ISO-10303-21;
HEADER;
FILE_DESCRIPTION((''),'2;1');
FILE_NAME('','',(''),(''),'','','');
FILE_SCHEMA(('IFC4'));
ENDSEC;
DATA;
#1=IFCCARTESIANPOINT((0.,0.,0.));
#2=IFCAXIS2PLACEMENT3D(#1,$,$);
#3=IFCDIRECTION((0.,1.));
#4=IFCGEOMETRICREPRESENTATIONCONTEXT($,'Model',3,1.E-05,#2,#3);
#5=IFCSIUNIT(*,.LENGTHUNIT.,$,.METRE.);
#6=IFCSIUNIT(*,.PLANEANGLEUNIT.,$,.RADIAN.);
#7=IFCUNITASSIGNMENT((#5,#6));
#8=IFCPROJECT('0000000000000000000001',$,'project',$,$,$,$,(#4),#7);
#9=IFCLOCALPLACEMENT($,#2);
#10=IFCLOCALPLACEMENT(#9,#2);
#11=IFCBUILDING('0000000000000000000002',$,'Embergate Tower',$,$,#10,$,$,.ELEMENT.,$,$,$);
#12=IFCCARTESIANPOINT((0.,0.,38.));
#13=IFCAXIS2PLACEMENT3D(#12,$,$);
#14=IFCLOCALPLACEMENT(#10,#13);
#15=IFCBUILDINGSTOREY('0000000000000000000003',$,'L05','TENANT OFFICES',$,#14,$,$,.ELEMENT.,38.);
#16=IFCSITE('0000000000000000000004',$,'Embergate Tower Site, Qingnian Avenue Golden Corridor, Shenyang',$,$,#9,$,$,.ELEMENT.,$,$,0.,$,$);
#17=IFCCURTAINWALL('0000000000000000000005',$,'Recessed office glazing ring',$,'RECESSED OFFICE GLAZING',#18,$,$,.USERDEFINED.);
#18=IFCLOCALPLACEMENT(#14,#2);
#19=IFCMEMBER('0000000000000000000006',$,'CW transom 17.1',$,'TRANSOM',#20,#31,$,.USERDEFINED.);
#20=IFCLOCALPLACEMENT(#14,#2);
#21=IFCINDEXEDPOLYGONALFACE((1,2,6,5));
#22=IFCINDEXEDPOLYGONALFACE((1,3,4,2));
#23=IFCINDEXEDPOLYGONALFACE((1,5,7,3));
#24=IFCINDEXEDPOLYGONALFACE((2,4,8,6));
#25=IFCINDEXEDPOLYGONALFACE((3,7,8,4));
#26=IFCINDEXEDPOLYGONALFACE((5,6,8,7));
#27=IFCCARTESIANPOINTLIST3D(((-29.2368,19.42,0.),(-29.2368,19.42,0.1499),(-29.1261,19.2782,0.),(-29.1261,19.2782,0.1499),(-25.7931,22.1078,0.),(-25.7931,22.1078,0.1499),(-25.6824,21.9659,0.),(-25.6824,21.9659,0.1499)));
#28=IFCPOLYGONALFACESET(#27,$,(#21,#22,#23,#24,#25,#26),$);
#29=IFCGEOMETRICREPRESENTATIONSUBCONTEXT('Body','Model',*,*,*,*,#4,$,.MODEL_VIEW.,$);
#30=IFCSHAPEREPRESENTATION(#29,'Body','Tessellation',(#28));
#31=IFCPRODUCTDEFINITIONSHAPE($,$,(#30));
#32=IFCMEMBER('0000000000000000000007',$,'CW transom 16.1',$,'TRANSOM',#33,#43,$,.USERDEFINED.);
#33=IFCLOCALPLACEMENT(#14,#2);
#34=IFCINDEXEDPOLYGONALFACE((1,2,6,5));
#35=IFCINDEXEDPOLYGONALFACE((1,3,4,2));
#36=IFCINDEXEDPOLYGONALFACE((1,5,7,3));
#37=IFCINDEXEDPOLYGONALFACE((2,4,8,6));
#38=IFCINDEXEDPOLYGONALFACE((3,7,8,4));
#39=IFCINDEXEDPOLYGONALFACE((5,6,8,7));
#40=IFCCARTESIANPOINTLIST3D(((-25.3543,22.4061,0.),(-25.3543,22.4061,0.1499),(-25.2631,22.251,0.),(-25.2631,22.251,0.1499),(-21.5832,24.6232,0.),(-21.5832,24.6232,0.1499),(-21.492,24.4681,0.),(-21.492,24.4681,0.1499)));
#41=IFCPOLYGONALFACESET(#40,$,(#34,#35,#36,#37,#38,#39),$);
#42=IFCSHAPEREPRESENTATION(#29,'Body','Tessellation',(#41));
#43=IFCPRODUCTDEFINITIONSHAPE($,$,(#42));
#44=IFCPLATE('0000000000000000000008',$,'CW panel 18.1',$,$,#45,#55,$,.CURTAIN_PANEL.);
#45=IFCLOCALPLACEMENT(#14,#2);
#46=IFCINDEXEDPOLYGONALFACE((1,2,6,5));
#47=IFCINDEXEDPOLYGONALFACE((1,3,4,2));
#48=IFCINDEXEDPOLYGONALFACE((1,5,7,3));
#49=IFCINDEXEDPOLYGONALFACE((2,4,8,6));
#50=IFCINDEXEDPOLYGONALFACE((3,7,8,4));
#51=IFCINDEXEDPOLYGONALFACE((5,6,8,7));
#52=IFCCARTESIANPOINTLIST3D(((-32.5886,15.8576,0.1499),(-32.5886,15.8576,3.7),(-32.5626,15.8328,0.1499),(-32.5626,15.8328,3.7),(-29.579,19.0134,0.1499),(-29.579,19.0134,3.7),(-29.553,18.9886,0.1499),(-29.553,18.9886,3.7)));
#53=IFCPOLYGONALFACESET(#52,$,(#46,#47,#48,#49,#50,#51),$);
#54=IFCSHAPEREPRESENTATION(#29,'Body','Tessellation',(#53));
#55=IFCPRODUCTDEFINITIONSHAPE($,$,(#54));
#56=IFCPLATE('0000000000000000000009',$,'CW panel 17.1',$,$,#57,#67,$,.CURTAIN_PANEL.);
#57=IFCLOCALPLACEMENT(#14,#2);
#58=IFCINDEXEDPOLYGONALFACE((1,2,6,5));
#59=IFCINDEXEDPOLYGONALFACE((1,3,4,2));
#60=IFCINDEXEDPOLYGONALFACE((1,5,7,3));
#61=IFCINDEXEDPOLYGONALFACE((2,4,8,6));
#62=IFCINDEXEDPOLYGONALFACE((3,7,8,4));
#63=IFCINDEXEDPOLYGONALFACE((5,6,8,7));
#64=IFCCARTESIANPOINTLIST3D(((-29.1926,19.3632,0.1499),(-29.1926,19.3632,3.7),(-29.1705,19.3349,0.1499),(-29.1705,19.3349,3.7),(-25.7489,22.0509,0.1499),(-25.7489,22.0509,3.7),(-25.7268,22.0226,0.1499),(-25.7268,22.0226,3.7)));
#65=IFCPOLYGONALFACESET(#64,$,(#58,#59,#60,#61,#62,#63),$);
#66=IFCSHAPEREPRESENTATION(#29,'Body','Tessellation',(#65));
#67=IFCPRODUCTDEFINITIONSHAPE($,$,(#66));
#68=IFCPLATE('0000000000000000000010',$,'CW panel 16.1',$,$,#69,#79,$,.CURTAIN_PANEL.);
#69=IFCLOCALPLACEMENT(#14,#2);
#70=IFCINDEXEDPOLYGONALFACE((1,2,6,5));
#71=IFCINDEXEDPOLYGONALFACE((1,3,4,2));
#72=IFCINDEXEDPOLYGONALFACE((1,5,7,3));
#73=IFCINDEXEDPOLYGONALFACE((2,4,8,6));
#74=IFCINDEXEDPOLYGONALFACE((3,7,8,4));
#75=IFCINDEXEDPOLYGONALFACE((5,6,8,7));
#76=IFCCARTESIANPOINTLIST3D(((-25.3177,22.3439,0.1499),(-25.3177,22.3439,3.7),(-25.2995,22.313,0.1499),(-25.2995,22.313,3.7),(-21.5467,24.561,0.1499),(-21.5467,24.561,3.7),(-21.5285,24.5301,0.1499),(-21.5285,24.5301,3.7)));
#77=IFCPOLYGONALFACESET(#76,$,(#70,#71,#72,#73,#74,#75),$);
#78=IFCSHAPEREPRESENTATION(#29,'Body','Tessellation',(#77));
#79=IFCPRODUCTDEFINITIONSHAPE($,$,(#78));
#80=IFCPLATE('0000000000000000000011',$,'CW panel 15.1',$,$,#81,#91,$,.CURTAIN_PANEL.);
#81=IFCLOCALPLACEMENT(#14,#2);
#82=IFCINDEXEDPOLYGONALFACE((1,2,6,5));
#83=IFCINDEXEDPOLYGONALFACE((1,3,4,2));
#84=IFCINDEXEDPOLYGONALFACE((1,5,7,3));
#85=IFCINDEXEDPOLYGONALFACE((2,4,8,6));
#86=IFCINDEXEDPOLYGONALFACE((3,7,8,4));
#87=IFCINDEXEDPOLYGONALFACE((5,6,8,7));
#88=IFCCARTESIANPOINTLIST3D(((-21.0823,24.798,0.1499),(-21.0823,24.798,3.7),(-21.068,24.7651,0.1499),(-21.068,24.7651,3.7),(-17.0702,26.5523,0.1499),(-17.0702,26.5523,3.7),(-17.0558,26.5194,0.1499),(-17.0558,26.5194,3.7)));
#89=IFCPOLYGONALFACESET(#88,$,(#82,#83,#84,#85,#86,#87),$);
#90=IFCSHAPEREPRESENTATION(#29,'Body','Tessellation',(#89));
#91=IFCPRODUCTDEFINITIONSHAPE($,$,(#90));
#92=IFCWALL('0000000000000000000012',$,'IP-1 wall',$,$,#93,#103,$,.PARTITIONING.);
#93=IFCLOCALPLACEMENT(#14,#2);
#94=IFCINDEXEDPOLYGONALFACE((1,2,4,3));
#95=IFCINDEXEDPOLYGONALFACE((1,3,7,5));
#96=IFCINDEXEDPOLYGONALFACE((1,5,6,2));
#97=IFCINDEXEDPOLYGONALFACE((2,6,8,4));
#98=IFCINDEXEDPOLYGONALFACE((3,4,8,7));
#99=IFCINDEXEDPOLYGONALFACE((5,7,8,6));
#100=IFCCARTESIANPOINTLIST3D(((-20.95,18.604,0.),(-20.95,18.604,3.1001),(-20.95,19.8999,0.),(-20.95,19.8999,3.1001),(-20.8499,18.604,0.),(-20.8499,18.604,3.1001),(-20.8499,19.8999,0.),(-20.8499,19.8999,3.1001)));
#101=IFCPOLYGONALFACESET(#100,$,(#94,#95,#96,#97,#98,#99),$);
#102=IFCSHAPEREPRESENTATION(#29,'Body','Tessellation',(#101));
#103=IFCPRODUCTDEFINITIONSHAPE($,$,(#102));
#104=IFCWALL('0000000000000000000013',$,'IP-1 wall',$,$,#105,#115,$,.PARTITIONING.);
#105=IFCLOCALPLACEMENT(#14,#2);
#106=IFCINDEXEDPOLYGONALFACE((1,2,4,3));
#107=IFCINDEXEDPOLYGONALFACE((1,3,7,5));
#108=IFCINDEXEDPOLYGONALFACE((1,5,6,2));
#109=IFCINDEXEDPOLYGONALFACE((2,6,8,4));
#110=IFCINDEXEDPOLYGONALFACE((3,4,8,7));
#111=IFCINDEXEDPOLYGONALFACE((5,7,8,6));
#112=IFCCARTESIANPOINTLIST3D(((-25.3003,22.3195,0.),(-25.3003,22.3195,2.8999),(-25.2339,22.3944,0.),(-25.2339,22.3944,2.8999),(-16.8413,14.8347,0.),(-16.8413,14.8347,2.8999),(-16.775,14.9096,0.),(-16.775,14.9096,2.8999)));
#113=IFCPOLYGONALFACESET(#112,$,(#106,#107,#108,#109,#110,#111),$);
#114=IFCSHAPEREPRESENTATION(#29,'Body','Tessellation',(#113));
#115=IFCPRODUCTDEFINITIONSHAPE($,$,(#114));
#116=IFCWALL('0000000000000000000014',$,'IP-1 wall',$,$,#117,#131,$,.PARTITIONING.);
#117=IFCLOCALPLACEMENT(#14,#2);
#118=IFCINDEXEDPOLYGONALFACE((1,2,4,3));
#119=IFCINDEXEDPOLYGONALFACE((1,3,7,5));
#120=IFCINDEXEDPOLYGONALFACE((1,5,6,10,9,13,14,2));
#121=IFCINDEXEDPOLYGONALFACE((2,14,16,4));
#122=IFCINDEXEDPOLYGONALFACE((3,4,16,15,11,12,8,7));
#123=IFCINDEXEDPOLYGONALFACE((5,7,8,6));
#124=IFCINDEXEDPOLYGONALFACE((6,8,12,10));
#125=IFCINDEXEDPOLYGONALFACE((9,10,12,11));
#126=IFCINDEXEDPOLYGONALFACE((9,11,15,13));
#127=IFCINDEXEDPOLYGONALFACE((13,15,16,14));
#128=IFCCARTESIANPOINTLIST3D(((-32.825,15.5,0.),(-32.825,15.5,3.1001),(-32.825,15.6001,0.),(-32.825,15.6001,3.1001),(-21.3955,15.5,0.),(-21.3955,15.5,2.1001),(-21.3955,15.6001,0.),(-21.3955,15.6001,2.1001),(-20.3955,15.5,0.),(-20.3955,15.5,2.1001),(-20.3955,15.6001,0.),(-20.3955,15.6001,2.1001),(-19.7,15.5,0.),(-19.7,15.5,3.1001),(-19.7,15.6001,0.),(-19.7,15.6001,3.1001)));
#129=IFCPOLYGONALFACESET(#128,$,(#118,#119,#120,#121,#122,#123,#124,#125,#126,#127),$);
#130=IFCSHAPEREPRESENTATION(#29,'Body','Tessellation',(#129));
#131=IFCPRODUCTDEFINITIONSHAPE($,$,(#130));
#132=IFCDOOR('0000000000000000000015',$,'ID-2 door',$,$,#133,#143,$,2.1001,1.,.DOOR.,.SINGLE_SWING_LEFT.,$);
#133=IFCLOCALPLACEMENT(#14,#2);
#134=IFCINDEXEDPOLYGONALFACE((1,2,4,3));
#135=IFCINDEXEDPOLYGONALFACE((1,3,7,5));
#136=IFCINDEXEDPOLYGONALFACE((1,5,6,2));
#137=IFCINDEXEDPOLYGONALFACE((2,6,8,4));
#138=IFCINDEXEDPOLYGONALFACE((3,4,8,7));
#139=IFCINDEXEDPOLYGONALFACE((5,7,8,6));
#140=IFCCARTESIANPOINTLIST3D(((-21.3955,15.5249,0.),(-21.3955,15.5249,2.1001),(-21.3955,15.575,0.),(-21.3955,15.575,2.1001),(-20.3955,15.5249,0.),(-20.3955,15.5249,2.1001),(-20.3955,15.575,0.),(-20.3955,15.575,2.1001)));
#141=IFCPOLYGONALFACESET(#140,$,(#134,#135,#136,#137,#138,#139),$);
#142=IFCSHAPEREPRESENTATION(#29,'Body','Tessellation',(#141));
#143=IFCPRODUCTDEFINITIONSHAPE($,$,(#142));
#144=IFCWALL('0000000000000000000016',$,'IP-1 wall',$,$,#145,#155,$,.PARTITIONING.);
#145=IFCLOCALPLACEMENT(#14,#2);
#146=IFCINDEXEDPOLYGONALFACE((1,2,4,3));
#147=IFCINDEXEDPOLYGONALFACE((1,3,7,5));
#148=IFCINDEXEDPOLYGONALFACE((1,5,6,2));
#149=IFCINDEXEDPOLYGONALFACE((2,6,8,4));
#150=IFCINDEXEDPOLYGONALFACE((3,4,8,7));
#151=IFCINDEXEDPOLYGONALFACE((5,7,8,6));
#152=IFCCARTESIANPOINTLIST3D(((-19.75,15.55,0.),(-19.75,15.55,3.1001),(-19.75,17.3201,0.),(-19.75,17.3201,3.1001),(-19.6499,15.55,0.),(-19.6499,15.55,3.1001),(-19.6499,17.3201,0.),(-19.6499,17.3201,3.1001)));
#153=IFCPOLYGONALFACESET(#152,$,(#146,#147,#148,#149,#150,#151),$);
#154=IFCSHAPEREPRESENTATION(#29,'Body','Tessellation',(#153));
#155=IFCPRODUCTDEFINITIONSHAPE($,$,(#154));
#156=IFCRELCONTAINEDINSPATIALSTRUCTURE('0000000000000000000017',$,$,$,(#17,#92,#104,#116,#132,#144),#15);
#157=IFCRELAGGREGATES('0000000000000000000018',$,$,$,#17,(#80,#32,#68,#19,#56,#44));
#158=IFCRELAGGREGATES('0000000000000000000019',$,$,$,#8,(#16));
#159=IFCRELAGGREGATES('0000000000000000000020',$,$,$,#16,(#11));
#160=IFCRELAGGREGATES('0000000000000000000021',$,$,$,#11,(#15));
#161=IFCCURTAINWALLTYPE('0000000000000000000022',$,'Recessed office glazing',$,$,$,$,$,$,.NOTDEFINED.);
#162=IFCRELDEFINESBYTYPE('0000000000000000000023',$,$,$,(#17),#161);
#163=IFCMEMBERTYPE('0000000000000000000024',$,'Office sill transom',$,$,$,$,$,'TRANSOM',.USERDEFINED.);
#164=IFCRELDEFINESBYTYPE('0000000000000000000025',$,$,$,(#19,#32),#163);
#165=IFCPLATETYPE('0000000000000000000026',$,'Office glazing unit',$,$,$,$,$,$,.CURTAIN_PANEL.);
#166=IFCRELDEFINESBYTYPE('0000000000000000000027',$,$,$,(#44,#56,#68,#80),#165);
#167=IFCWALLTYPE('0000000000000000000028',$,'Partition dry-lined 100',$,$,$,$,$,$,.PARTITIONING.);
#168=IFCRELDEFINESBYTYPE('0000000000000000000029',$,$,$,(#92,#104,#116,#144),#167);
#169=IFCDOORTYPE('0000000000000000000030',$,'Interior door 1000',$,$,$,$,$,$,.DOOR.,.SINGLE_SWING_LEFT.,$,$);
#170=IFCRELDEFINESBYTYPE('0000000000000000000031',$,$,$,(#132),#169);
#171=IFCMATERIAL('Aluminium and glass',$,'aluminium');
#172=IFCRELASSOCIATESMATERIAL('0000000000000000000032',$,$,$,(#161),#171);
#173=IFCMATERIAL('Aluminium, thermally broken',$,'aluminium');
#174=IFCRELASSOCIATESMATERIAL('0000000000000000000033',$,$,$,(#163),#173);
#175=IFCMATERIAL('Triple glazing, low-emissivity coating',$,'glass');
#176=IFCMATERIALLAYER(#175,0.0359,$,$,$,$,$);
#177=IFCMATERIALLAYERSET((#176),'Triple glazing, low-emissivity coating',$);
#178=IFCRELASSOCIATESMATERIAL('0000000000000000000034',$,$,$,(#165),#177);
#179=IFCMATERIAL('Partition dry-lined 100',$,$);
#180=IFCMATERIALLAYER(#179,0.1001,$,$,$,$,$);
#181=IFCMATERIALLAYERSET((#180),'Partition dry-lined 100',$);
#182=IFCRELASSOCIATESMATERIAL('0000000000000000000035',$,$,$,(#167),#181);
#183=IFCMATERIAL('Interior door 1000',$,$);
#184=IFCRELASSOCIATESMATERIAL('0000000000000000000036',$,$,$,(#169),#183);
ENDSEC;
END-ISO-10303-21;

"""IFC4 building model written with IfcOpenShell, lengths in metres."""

from ifc_helpers import new_model, si_unit, direction, frame, frame_2d, origin, origin_2d, place, context, subcontext, project, spatial, rectangle, extrude, source, transform, mapped, material, layer, layer_set, material_profile, profile_set, type_object, element, fill, aggregate, save


model = new_model("IFC4")

# Units and contexts
model_context = context("Model", 3, precision=1e-05, world=origin(), true_north=direction((0.0, 1.0)))
body_context = subcontext(model_context, "Body", "Model", "MODEL_VIEW")
ifc_project = project(units=[si_unit("LENGTHUNIT", "METRE"), si_unit("PLANEANGLEUNIT", "RADIAN")], contexts=[model_context])

# Site, building, storey
site_placement = place(None, origin())
site = spatial("IfcSite", under=ifc_project, at=site_placement, Name="Embergate Tower Site, Qingnian Avenue Golden Corridor, Shenyang", CompositionType="ELEMENT", RefElevation=0.0)
building_placement = place(site_placement, origin())
building = spatial("IfcBuilding", under=site, at=building_placement, Name="Embergate Tower", CompositionType="ELEMENT")
storey_placement = place(building_placement, frame((0.0, 0.0, 38.0)))
storey = spatial("IfcBuildingStorey", under=building, at=storey_placement, Name="L05", Description="TENANT OFFICES", CompositionType="ELEMENT", Elevation=38.0)

# Curtain wall, members, plates
ifc_material_1 = material(Name="Aluminium and glass", Category="aluminium")
curtain_wall_type = type_object("IfcCurtainWallType", Name="Recessed office glazing", PredefinedType="NOTDEFINED", material=ifc_material_1)
curtain_wall_placement = place(storey_placement, origin())
curtain_wall = element("IfcCurtainWall", 1, at=curtain_wall_placement, inside=storey, type_object=curtain_wall_type, Name="Recessed office glazing ring", ObjectType="RECESSED OFFICE GLAZING", PredefinedType="USERDEFINED")
ifc_material_2 = material(Name="Aluminium, thermally broken", Category="aluminium")
ifc_material_profile_1 = material_profile(ifc_material_2, rectangle(XDim=0.1799, YDim=0.1499, at=origin_2d()), Name="AL 150x180")
ifc_profile_set_1 = profile_set([ifc_material_profile_1], Name="Aluminium, thermally broken")
member_type_1 = type_object("IfcMemberType", Name="Office sill transom", ElementType="TRANSOM", PredefinedType="USERDEFINED", material=ifc_profile_set_1)
shared_shape_1 = source(origin(), body_context, "Body", "SweptSolid", [
    extrude(rectangle(XDim=0.1799, YDim=0.1499, at=origin_2d()), origin(), (0.0, 0.0, 1.0), 4.3684),
])
member_1_placement = place(storey_placement, frame((-25.7378, 22.0369, 0.075), z_axis=(-0.78831, -0.615278, 0.0), x_axis=(0.615278, -0.78831, 0.0)))
member_1 = element("IfcMember", 2, at=member_1_placement, type_object=member_type_1, Name="CW transom 17.1", ObjectType="TRANSOM", PredefinedType="USERDEFINED", context=body_context, shape_type="MappedRepresentation", body=[
    mapped(shared_shape_1, transform((0.0, 0.0, 0.0))),
])
shared_shape_2 = source(origin(), body_context, "Body", "SweptSolid", [
    extrude(rectangle(XDim=0.1799, YDim=0.1499, at=origin_2d()), origin(), (0.0, 0.0, 1.0), 4.3745),
])
member_2_placement = place(storey_placement, frame((-21.5376, 24.5457, 0.075), z_axis=(-0.862053, -0.506818, 0.0), x_axis=(0.506818, -0.862053, 0.0)))
member_2 = element("IfcMember", 3, at=member_2_placement, type_object=member_type_1, Name="CW transom 16.1", ObjectType="TRANSOM", PredefinedType="USERDEFINED", context=body_context, shape_type="MappedRepresentation", body=[
    mapped(shared_shape_2, transform((0.0, 0.0, 0.0))),
])
ifc_material_3 = material(Name="Triple glazing, low-emissivity coating", Category="glass")
ifc_layer_1 = layer(ifc_material_3, 0.0359)
ifc_layer_set_1 = layer_set([ifc_layer_1], Name="Triple glazing, low-emissivity coating")
plate_type = type_object("IfcPlateType", Name="Office glazing unit", PredefinedType="CURTAIN_PANEL", material=ifc_layer_set_1)
shared_shape_3 = source(origin(), body_context, "Body", "SweptSolid", [
    extrude(rectangle(XDim=4.3608, YDim=0.0359, at=origin_2d()), origin(), (0.0, 0.0, 1.0), 3.55),
])
plate_1_placement = place(storey_placement, frame((-31.0708, 17.4231, 0.1499), z_axis=(0.0, 0.0, 1.0), x_axis=(-0.690136, -0.723679, 0.0)))
plate_1 = element("IfcPlate", 4, at=plate_1_placement, type_object=plate_type, Name="CW panel 18.1", PredefinedType="CURTAIN_PANEL", context=body_context, shape_type="MappedRepresentation", body=[
    mapped(shared_shape_3, transform((0.0, 0.0, 0.0))),
])
shared_shape_4 = source(origin(), body_context, "Body", "SweptSolid", [
    extrude(rectangle(XDim=4.3684, YDim=0.0359, at=origin_2d()), origin(), (0.0, 0.0, 1.0), 3.55),
])
plate_2_placement = place(storey_placement, frame((-27.4597, 20.6929, 0.1499), z_axis=(0.0, 0.0, 1.0), x_axis=(-0.788322, -0.615263, 0.0)))
plate_2 = element("IfcPlate", 5, at=plate_2_placement, type_object=plate_type, Name="CW panel 17.1", PredefinedType="CURTAIN_PANEL", context=body_context, shape_type="MappedRepresentation", body=[
    mapped(shared_shape_4, transform((0.0, 0.0, 0.0))),
])
shared_shape_5 = source(origin(), body_context, "Body", "SweptSolid", [
    extrude(rectangle(XDim=4.3745, YDim=0.0359, at=origin_2d()), origin(), (0.0, 0.0, 1.0), 3.55),
])
plate_3_placement = place(storey_placement, frame((-23.4231, 23.437, 0.1499), z_axis=(0.0, 0.0, 1.0), x_axis=(-0.862054, -0.506816, 0.0)))
plate_3 = element("IfcPlate", 6, at=plate_3_placement, type_object=plate_type, Name="CW panel 16.1", PredefinedType="CURTAIN_PANEL", context=body_context, shape_type="MappedRepresentation", body=[
    mapped(shared_shape_5, transform((0.0, 0.0, 0.0))),
])
shared_shape_6 = source(origin(), body_context, "Body", "SweptSolid", [
    extrude(rectangle(XDim=4.3789, YDim=0.0359, at=origin_2d()), origin(), (0.0, 0.0, 1.0), 3.55),
])
plate_4_placement = place(storey_placement, frame((-19.0691, 25.6587, 0.1499), z_axis=(0.0, 0.0, 1.0), x_axis=(-0.916237, -0.400637, 0.0)))
plate_4 = element("IfcPlate", 7, at=plate_4_placement, type_object=plate_type, Name="CW panel 15.1", PredefinedType="CURTAIN_PANEL", context=body_context, shape_type="MappedRepresentation", body=[
    mapped(shared_shape_6, transform((0.0, 0.0, 0.0))),
])
aggregate(curtain_wall, [plate_4, member_2, plate_3, member_1, plate_2, plate_1])

# Walls
ifc_material_4 = material(Name="Partition dry-lined 100")
ifc_layer_2 = layer(ifc_material_4, 0.1001)
ifc_layer_set_2 = layer_set([ifc_layer_2], Name="Partition dry-lined 100")
wall_type = type_object("IfcWallType", Name="Partition dry-lined 100", PredefinedType="PARTITIONING", material=ifc_layer_set_2)
shared_shape_7 = source(origin(), body_context, "Body", "SweptSolid", [
    extrude(rectangle(XDim=1.2959, YDim=0.1001, at=frame_2d((0.6479, 0.0))), origin(), (0.0, 0.0, 1.0), 3.1001),
])
wall_1_placement = place(storey_placement, frame((-20.8999, 18.604, 0.0), z_axis=(0.0, 0.0, 1.0), x_axis=(0.0, 1.0, 0.0)))
element("IfcWall", 8, at=wall_1_placement, inside=storey, type_object=wall_type, Name="IP-1 wall", PredefinedType="PARTITIONING", context=body_context, shape_type="MappedRepresentation", body=[
    mapped(shared_shape_7, transform((0.0, 0.0, 0.0))),
])
shared_shape_8 = source(origin(), body_context, "Body", "SweptSolid", [
    extrude(rectangle(XDim=11.2949, YDim=0.1001, at=frame_2d((5.6475, 0.0))), origin(), (0.0, 0.0, 1.0), 2.8999),
])
wall_2_placement = place(storey_placement, frame((-25.2671, 22.3569, 0.0), z_axis=(0.0, 0.0, 1.0), x_axis=(0.748912, -0.662669, 0.0)))
element("IfcWall", 9, at=wall_2_placement, inside=storey, type_object=wall_type, Name="IP-1 wall", PredefinedType="PARTITIONING", context=body_context, shape_type="MappedRepresentation", body=[
    mapped(shared_shape_8, transform((0.0, 0.0, 0.0))),
])

# Wall, opening, door
shared_shape_9 = source(origin(), body_context, "Body", "SweptSolid", [
    extrude(rectangle(XDim=13.125, YDim=0.1001, at=frame_2d((6.5625, 0.0))), origin(), (0.0, 0.0, 1.0), 3.1001),
])
wall_3_placement = place(storey_placement, frame((-32.825, 15.55, 0.0), z_axis=(0.0, 0.0, 1.0), x_axis=(1.0, 0.0, 0.0)))
wall_3 = element("IfcWall", 10, at=wall_3_placement, inside=storey, type_object=wall_type, Name="IP-1 wall", PredefinedType="PARTITIONING", context=body_context, shape_type="MappedRepresentation", body=[
    mapped(shared_shape_9, transform((0.0, 0.0, 0.0))),
])
shared_shape_10 = source(origin(), body_context, "Body", "SweptSolid", [
    extrude(rectangle(XDim=1.0, YDim=2.1001, at=frame_2d((0.5, 1.05))), frame((0.0, 0.0601, 0.0), z_axis=(0.0, -1.0, 0.0), x_axis=(1.0, 0.0, 0.0)), (0.0, 0.0, 1.0), 0.1201),
])
opening_placement = place(wall_3_placement, frame((11.4294, 0.0, 0.0)))
opening = element("IfcOpeningElement", 11, at=opening_placement, cuts=wall_3, PredefinedType="OPENING", context=body_context, shape_type="MappedRepresentation", body=[
    mapped(shared_shape_10, transform((0.0, 0.0, 0.0))),
])
ifc_material_5 = material(Name="Interior door 1000")
door_type = type_object("IfcDoorType", Name="Interior door 1000", OperationType="SINGLE_SWING_LEFT", PredefinedType="DOOR", material=ifc_material_5)
shared_shape_11 = source(origin(), body_context, "Body", "SweptSolid", [
    extrude(rectangle(XDim=1.0, YDim=2.1001, at=frame_2d((0.5, 1.05))), frame((0.0, 0.0249, 0.0), z_axis=(0.0, -1.0, 0.0), x_axis=(1.0, 0.0, 0.0)), (0.0, 0.0, 1.0), 0.05),
])
door_placement = place(opening_placement, origin())
door = element("IfcDoor", 12, at=door_placement, inside=storey, type_object=door_type, Name="ID-2 door", OperationType="SINGLE_SWING_LEFT", OverallHeight=2.1001, OverallWidth=1.0, PredefinedType="DOOR", context=body_context, shape_type="MappedRepresentation", body=[
    mapped(shared_shape_11, transform((0.0, 0.0, 0.0))),
])
fill(opening, door)

# Wall
shared_shape_12 = source(origin(), body_context, "Body", "SweptSolid", [
    extrude(rectangle(XDim=1.77, YDim=0.1001, at=frame_2d((0.885, 0.0))), origin(), (0.0, 0.0, 1.0), 3.1001),
])
wall_4_placement = place(storey_placement, frame((-19.7, 15.55, 0.0), z_axis=(0.0, 0.0, 1.0), x_axis=(0.0, 1.0, 0.0)))
element("IfcWall", 13, at=wall_4_placement, inside=storey, type_object=wall_type, Name="IP-1 wall", PredefinedType="PARTITIONING", context=body_context, shape_type="MappedRepresentation", body=[
    mapped(shared_shape_12, transform((0.0, 0.0, 0.0))),
])

save(model, "model.ifc")
